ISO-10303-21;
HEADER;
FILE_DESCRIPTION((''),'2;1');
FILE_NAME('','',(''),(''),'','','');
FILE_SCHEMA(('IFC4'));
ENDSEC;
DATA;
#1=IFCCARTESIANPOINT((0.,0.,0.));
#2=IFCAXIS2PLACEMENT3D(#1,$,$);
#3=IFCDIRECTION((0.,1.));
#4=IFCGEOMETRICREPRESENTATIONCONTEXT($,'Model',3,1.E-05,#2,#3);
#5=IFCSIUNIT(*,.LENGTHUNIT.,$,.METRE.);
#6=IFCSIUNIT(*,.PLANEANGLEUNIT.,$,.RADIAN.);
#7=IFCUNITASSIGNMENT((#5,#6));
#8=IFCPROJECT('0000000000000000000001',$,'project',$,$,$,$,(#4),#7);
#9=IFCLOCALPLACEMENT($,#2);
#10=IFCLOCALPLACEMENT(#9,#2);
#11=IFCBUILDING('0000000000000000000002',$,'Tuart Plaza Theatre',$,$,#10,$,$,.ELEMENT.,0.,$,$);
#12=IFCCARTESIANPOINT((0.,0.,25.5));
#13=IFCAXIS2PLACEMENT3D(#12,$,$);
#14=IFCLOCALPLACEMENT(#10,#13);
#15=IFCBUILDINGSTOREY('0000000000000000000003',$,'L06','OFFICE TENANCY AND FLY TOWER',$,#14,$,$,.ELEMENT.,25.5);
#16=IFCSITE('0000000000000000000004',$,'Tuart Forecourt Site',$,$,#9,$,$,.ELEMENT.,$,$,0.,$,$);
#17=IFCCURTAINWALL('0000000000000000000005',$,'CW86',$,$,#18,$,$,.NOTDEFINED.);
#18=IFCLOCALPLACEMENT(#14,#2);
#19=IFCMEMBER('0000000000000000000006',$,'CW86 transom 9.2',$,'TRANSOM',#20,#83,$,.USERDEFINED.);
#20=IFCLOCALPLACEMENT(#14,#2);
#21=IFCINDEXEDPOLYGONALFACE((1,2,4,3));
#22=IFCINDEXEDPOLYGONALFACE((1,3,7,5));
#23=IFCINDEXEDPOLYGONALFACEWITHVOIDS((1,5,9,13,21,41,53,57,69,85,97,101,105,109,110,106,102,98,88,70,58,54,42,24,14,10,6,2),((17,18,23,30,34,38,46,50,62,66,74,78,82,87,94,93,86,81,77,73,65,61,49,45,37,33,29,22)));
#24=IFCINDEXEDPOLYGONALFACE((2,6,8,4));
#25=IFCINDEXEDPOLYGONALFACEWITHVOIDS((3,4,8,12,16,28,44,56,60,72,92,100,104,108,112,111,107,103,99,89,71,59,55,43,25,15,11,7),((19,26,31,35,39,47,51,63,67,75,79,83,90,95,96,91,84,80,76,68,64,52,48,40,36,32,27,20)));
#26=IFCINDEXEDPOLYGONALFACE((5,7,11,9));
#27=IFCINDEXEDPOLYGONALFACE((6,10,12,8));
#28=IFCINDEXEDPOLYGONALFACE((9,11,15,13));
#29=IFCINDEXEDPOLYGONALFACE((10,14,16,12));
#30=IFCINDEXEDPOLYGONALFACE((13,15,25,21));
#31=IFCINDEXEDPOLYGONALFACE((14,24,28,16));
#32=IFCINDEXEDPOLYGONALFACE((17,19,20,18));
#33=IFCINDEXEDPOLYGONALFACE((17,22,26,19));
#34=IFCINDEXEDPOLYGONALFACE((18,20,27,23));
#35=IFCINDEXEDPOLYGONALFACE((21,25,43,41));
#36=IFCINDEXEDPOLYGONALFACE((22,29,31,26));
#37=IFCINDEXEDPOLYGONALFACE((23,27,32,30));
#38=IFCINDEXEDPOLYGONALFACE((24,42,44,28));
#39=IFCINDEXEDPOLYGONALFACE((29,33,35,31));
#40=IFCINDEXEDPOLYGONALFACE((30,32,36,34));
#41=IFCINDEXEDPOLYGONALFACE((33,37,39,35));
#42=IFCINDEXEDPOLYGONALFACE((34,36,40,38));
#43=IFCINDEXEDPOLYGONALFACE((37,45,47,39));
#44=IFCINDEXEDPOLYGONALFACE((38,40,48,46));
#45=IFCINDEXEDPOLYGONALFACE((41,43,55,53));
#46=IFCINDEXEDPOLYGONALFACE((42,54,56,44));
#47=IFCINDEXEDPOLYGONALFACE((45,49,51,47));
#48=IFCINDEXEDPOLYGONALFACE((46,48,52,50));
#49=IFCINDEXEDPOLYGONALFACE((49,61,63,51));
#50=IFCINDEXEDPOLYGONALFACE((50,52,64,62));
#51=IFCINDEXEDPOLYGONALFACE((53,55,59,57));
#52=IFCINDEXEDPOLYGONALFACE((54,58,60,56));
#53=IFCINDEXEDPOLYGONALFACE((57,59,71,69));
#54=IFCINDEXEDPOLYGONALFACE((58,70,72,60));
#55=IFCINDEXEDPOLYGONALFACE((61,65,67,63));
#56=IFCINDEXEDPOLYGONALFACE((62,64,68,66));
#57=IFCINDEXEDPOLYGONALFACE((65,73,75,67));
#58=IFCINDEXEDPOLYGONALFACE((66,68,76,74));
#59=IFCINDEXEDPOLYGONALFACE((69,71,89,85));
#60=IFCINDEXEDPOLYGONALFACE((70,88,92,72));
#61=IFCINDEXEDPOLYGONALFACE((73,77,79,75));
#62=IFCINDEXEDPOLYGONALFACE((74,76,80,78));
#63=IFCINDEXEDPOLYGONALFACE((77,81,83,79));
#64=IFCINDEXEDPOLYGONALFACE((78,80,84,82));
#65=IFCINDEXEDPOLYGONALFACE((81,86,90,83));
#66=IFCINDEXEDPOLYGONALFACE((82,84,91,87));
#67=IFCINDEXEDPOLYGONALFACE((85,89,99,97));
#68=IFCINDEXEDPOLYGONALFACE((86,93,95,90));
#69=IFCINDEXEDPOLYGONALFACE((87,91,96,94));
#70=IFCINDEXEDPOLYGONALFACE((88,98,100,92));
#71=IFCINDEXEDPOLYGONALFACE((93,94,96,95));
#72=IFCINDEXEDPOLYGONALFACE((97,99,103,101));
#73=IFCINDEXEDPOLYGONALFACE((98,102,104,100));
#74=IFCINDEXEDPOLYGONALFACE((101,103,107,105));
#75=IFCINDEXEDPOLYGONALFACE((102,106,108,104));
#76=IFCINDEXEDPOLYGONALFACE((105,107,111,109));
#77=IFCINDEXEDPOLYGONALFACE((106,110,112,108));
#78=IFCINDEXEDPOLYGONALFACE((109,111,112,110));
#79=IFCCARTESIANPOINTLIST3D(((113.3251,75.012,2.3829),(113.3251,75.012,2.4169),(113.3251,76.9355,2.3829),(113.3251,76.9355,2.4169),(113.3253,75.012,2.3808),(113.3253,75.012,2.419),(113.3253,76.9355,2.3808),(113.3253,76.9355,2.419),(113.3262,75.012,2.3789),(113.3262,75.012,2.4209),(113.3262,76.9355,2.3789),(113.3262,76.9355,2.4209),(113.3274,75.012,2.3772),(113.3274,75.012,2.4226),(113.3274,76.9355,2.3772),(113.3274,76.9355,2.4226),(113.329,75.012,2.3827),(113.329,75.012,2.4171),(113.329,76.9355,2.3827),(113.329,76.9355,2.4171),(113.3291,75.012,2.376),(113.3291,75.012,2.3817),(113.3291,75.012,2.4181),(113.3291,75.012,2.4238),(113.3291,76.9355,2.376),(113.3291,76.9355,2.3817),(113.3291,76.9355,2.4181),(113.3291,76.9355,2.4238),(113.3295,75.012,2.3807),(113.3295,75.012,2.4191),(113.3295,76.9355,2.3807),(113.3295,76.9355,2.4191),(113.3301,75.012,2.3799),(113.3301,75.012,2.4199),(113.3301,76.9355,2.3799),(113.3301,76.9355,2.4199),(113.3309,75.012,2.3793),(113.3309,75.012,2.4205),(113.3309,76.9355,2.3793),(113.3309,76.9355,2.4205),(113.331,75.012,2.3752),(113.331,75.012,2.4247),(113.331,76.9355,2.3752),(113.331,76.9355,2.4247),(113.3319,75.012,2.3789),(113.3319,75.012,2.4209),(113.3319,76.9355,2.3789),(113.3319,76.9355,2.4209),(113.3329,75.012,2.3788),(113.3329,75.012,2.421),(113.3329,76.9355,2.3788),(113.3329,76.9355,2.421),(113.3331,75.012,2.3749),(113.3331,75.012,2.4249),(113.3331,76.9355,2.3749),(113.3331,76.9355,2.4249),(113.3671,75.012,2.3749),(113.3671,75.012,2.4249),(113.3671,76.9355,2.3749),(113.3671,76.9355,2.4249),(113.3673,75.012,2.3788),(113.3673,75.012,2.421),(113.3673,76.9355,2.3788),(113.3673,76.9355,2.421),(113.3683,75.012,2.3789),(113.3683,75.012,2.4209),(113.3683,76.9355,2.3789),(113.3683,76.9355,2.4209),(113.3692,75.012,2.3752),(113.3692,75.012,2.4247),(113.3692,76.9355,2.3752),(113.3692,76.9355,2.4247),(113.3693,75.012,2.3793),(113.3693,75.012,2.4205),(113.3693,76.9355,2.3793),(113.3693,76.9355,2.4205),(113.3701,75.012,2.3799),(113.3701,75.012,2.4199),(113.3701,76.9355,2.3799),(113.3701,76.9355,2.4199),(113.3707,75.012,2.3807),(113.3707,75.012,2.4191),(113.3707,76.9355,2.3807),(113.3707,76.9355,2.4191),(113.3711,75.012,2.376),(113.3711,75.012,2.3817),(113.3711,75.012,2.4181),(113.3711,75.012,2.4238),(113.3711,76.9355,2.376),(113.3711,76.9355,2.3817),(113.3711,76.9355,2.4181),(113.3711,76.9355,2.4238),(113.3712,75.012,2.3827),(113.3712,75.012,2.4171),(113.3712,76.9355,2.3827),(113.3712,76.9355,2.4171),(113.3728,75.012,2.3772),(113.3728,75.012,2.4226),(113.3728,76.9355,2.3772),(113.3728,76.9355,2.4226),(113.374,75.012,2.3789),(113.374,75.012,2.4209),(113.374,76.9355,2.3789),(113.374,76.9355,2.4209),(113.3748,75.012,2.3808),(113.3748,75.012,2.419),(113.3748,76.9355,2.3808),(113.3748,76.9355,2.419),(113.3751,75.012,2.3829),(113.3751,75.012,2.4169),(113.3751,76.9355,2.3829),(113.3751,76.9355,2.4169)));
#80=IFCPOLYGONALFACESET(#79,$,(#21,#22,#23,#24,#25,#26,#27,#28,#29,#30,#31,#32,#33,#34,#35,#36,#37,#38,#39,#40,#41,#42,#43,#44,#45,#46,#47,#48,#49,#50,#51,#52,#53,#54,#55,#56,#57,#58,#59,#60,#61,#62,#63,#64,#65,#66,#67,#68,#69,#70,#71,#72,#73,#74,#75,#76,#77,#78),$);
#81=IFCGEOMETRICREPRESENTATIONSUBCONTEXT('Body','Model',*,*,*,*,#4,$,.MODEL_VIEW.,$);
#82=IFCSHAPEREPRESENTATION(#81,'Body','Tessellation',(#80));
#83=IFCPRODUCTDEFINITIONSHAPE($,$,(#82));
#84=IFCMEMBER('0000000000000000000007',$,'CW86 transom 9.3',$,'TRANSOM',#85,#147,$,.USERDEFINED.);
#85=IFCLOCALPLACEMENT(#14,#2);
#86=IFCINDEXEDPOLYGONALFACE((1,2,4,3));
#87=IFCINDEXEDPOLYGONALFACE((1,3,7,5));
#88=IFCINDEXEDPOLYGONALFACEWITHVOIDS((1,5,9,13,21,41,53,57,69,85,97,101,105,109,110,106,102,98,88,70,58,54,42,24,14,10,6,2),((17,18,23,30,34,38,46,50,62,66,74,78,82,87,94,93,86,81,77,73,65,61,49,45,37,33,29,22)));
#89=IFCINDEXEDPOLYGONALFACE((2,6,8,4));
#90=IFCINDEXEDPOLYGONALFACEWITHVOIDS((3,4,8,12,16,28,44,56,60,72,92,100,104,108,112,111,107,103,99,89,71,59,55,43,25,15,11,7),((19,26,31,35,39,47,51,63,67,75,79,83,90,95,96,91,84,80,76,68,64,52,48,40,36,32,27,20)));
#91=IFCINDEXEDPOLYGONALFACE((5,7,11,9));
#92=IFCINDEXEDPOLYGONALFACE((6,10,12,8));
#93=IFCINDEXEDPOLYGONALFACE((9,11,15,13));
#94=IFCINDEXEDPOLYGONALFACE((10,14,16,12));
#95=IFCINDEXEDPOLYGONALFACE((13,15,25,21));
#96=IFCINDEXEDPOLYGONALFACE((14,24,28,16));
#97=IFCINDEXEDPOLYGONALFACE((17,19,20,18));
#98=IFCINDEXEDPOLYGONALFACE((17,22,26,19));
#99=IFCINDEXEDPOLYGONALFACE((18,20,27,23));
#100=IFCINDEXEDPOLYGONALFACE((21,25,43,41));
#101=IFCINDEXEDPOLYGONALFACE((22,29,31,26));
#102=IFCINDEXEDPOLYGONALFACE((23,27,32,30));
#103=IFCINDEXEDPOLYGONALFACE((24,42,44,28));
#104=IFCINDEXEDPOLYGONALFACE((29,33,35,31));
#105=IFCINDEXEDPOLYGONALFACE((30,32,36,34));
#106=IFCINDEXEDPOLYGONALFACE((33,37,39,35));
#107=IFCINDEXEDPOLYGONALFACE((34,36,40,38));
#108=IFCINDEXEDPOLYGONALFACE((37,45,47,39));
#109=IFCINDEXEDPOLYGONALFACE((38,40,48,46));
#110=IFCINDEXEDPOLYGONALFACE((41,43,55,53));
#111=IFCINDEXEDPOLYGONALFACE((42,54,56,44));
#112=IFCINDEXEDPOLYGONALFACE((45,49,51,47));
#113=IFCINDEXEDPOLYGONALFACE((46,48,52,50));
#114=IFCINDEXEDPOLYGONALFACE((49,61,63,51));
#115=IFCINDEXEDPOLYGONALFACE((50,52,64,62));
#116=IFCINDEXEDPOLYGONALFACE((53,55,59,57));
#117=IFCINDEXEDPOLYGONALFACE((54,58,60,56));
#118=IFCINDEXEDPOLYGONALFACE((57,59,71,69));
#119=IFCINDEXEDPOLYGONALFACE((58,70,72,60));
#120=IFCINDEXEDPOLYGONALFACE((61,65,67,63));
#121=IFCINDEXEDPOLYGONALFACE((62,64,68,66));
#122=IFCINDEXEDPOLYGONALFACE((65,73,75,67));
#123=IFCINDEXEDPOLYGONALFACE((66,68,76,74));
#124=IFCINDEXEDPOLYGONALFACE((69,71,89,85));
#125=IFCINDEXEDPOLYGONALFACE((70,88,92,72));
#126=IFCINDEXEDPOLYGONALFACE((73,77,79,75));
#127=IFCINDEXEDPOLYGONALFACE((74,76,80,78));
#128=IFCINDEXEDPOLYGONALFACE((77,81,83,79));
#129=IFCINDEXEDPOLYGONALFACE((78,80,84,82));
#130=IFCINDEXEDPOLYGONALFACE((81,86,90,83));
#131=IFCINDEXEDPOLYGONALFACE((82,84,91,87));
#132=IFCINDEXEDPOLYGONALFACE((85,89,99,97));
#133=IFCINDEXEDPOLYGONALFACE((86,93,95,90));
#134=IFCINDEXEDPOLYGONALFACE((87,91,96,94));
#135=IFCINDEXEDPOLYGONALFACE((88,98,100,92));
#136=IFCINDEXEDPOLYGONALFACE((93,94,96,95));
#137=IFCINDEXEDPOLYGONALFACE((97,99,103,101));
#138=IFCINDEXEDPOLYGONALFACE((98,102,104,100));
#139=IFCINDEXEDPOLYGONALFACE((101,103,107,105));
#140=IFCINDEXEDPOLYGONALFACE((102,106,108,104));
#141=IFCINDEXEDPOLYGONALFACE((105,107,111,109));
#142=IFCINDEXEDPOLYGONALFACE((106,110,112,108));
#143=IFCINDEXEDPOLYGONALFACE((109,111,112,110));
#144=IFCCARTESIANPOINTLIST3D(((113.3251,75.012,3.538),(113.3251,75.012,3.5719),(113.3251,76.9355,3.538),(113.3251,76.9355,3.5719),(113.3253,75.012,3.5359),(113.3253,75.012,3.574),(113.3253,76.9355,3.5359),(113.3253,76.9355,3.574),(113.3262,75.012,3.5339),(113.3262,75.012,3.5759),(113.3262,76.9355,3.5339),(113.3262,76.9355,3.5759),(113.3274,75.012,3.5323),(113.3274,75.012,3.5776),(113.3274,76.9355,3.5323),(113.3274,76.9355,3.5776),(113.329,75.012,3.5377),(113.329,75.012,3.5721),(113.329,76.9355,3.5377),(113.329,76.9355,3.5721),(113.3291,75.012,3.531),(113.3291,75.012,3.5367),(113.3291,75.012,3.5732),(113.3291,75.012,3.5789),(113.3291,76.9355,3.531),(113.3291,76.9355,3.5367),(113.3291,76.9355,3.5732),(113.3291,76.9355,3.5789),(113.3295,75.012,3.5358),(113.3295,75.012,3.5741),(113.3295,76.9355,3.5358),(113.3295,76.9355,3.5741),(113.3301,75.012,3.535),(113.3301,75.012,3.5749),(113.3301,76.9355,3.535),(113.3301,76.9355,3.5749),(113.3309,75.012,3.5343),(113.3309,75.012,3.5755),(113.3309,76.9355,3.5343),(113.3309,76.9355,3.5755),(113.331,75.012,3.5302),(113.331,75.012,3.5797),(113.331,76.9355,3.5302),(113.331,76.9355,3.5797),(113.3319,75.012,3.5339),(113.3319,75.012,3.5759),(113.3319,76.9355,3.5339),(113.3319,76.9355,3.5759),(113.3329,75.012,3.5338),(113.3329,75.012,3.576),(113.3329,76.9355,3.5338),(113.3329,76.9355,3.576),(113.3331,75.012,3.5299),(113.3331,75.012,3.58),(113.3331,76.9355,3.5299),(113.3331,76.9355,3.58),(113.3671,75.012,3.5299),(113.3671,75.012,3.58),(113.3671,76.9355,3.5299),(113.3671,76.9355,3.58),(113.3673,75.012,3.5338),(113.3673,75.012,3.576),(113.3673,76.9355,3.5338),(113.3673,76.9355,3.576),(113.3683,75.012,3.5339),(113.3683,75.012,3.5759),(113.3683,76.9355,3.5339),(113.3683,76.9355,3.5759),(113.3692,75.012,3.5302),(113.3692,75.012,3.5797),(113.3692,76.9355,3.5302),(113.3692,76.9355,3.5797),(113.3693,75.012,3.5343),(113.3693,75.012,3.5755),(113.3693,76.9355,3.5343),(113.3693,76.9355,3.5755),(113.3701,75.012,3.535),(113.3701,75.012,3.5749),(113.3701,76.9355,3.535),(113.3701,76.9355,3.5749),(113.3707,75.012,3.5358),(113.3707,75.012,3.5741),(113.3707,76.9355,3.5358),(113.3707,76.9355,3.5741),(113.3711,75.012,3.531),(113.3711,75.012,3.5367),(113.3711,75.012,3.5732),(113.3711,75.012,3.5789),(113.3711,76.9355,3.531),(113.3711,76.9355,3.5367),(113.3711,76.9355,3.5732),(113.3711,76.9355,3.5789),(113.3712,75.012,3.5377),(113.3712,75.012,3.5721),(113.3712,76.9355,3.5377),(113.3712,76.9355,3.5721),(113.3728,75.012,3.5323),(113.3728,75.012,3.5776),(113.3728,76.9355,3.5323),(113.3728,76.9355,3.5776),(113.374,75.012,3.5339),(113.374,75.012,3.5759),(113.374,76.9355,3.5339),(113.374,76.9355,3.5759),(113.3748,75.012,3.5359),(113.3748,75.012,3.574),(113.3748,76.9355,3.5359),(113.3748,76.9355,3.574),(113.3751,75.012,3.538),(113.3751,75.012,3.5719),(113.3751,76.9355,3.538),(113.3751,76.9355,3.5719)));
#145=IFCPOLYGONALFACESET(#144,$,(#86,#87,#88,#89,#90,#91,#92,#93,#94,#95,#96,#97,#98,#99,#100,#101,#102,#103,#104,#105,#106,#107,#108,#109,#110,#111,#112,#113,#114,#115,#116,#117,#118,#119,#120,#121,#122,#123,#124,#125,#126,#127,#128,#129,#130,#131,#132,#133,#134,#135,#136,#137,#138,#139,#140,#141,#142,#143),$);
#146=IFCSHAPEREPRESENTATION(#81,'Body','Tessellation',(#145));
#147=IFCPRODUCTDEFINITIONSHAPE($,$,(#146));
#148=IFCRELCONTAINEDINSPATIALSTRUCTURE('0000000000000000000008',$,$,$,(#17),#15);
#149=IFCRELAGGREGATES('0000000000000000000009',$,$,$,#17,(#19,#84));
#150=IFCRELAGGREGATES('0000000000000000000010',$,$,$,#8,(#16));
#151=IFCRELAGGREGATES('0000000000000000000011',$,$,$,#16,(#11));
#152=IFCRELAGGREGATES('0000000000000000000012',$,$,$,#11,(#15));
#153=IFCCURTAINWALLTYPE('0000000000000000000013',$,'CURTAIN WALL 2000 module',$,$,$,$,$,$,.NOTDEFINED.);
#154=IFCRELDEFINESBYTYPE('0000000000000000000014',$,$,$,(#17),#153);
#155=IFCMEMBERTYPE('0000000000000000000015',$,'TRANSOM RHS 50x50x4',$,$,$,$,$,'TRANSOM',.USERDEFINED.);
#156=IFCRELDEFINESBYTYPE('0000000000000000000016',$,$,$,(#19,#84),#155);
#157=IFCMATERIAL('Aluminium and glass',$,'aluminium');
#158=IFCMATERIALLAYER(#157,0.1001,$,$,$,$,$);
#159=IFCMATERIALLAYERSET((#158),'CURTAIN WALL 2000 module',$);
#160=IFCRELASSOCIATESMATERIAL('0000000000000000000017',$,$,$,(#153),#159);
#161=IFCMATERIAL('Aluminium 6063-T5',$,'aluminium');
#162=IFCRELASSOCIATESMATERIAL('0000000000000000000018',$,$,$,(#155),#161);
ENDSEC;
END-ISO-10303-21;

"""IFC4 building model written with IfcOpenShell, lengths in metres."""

from ifc_helpers import new_model, si_unit, direction, frame, origin, origin_2d, place, context, subcontext, project, spatial, hollow_rectangle, extrude, material, layer, layer_set, material_profile, profile_set, type_object, element, aggregate, save


model = new_model("IFC4")

# Units and contexts
model_context = context("Model", 3, precision=1e-05, world=origin(), true_north=direction((0.0, 1.0)))
body_context = subcontext(model_context, "Body", "Model", "MODEL_VIEW")
ifc_project = project(units=[si_unit("LENGTHUNIT", "METRE"), si_unit("PLANEANGLEUNIT", "RADIAN")], contexts=[model_context])

# Site, building, storey
site_placement = place(None, origin())
site = spatial("IfcSite", under=ifc_project, at=site_placement, Name="Tuart Forecourt Site", CompositionType="ELEMENT", RefElevation=0.0)
building_placement = place(site_placement, origin())
building = spatial("IfcBuilding", under=site, at=building_placement, Name="Tuart Plaza Theatre", CompositionType="ELEMENT", ElevationOfRefHeight=0.0)
storey_placement = place(building_placement, frame((0.0, 0.0, 25.5)))
storey = spatial("IfcBuildingStorey", under=building, at=storey_placement, Name="L06", Description="OFFICE TENANCY AND FLY TOWER", CompositionType="ELEMENT", Elevation=25.5)

# Curtain wall, members
ifc_material_1 = material(Name="Aluminium and glass", Category="aluminium")
ifc_layer_1 = layer(ifc_material_1, 0.1001)
ifc_layer_set_1 = layer_set([ifc_layer_1], Name="CURTAIN WALL 2000 module")
curtain_wall_type = type_object("IfcCurtainWallType", Name="CURTAIN WALL 2000 module", PredefinedType="NOTDEFINED", material=ifc_layer_set_1)
curtain_wall_placement = place(storey_placement, origin())
curtain_wall = element("IfcCurtainWall", 1, at=curtain_wall_placement, inside=storey, type_object=curtain_wall_type, Name="CW86", PredefinedType="NOTDEFINED")
ifc_material_2 = material(Name="Aluminium 6063-T5", Category="aluminium")
ifc_material_profile = material_profile(ifc_material_2, hollow_rectangle(XDim=0.05, YDim=0.05, WallThickness=0.0039, InnerFilletRadius=0.0039, OuterFilletRadius=0.0081, at=origin_2d()), Name="RHS 50x50x4")
ifc_profile_set = profile_set([ifc_material_profile], Name="Aluminium 6063-T5")
member_type = type_object("IfcMemberType", Name="TRANSOM RHS 50x50x4", ElementType="TRANSOM", PredefinedType="USERDEFINED", material=ifc_profile_set)
member_1_placement = place(storey_placement, frame((113.3501, 76.9355, 2.3999), z_axis=(0.0, -1.0, 0.0), x_axis=(1.0, 0.0, 0.0)))
member_1 = element("IfcMember", 2, at=member_1_placement, type_object=member_type, Name="CW86 transom 9.2", ObjectType="TRANSOM", PredefinedType="USERDEFINED", context=body_context, shape_type="SweptSolid", body=[
    extrude(hollow_rectangle(XDim=0.05, YDim=0.05, WallThickness=0.0039, InnerFilletRadius=0.0039, OuterFilletRadius=0.0081, at=origin_2d()), origin(), (0.0, 0.0, 1.0), 1.9236),
])
member_2_placement = place(storey_placement, frame((113.3501, 76.9355, 3.5549), z_axis=(0.0, -1.0, 0.0), x_axis=(1.0, 0.0, 0.0)))
member_2 = element("IfcMember", 3, at=member_2_placement, type_object=member_type, Name="CW86 transom 9.3", ObjectType="TRANSOM", PredefinedType="USERDEFINED", context=body_context, shape_type="SweptSolid", body=[
    extrude(hollow_rectangle(XDim=0.05, YDim=0.05, WallThickness=0.0039, InnerFilletRadius=0.0039, OuterFilletRadius=0.0081, at=origin_2d()), origin(), (0.0, 0.0, 1.0), 1.9236),
])
aggregate(curtain_wall, [member_1, member_2])

save(model, "model.ifc")
